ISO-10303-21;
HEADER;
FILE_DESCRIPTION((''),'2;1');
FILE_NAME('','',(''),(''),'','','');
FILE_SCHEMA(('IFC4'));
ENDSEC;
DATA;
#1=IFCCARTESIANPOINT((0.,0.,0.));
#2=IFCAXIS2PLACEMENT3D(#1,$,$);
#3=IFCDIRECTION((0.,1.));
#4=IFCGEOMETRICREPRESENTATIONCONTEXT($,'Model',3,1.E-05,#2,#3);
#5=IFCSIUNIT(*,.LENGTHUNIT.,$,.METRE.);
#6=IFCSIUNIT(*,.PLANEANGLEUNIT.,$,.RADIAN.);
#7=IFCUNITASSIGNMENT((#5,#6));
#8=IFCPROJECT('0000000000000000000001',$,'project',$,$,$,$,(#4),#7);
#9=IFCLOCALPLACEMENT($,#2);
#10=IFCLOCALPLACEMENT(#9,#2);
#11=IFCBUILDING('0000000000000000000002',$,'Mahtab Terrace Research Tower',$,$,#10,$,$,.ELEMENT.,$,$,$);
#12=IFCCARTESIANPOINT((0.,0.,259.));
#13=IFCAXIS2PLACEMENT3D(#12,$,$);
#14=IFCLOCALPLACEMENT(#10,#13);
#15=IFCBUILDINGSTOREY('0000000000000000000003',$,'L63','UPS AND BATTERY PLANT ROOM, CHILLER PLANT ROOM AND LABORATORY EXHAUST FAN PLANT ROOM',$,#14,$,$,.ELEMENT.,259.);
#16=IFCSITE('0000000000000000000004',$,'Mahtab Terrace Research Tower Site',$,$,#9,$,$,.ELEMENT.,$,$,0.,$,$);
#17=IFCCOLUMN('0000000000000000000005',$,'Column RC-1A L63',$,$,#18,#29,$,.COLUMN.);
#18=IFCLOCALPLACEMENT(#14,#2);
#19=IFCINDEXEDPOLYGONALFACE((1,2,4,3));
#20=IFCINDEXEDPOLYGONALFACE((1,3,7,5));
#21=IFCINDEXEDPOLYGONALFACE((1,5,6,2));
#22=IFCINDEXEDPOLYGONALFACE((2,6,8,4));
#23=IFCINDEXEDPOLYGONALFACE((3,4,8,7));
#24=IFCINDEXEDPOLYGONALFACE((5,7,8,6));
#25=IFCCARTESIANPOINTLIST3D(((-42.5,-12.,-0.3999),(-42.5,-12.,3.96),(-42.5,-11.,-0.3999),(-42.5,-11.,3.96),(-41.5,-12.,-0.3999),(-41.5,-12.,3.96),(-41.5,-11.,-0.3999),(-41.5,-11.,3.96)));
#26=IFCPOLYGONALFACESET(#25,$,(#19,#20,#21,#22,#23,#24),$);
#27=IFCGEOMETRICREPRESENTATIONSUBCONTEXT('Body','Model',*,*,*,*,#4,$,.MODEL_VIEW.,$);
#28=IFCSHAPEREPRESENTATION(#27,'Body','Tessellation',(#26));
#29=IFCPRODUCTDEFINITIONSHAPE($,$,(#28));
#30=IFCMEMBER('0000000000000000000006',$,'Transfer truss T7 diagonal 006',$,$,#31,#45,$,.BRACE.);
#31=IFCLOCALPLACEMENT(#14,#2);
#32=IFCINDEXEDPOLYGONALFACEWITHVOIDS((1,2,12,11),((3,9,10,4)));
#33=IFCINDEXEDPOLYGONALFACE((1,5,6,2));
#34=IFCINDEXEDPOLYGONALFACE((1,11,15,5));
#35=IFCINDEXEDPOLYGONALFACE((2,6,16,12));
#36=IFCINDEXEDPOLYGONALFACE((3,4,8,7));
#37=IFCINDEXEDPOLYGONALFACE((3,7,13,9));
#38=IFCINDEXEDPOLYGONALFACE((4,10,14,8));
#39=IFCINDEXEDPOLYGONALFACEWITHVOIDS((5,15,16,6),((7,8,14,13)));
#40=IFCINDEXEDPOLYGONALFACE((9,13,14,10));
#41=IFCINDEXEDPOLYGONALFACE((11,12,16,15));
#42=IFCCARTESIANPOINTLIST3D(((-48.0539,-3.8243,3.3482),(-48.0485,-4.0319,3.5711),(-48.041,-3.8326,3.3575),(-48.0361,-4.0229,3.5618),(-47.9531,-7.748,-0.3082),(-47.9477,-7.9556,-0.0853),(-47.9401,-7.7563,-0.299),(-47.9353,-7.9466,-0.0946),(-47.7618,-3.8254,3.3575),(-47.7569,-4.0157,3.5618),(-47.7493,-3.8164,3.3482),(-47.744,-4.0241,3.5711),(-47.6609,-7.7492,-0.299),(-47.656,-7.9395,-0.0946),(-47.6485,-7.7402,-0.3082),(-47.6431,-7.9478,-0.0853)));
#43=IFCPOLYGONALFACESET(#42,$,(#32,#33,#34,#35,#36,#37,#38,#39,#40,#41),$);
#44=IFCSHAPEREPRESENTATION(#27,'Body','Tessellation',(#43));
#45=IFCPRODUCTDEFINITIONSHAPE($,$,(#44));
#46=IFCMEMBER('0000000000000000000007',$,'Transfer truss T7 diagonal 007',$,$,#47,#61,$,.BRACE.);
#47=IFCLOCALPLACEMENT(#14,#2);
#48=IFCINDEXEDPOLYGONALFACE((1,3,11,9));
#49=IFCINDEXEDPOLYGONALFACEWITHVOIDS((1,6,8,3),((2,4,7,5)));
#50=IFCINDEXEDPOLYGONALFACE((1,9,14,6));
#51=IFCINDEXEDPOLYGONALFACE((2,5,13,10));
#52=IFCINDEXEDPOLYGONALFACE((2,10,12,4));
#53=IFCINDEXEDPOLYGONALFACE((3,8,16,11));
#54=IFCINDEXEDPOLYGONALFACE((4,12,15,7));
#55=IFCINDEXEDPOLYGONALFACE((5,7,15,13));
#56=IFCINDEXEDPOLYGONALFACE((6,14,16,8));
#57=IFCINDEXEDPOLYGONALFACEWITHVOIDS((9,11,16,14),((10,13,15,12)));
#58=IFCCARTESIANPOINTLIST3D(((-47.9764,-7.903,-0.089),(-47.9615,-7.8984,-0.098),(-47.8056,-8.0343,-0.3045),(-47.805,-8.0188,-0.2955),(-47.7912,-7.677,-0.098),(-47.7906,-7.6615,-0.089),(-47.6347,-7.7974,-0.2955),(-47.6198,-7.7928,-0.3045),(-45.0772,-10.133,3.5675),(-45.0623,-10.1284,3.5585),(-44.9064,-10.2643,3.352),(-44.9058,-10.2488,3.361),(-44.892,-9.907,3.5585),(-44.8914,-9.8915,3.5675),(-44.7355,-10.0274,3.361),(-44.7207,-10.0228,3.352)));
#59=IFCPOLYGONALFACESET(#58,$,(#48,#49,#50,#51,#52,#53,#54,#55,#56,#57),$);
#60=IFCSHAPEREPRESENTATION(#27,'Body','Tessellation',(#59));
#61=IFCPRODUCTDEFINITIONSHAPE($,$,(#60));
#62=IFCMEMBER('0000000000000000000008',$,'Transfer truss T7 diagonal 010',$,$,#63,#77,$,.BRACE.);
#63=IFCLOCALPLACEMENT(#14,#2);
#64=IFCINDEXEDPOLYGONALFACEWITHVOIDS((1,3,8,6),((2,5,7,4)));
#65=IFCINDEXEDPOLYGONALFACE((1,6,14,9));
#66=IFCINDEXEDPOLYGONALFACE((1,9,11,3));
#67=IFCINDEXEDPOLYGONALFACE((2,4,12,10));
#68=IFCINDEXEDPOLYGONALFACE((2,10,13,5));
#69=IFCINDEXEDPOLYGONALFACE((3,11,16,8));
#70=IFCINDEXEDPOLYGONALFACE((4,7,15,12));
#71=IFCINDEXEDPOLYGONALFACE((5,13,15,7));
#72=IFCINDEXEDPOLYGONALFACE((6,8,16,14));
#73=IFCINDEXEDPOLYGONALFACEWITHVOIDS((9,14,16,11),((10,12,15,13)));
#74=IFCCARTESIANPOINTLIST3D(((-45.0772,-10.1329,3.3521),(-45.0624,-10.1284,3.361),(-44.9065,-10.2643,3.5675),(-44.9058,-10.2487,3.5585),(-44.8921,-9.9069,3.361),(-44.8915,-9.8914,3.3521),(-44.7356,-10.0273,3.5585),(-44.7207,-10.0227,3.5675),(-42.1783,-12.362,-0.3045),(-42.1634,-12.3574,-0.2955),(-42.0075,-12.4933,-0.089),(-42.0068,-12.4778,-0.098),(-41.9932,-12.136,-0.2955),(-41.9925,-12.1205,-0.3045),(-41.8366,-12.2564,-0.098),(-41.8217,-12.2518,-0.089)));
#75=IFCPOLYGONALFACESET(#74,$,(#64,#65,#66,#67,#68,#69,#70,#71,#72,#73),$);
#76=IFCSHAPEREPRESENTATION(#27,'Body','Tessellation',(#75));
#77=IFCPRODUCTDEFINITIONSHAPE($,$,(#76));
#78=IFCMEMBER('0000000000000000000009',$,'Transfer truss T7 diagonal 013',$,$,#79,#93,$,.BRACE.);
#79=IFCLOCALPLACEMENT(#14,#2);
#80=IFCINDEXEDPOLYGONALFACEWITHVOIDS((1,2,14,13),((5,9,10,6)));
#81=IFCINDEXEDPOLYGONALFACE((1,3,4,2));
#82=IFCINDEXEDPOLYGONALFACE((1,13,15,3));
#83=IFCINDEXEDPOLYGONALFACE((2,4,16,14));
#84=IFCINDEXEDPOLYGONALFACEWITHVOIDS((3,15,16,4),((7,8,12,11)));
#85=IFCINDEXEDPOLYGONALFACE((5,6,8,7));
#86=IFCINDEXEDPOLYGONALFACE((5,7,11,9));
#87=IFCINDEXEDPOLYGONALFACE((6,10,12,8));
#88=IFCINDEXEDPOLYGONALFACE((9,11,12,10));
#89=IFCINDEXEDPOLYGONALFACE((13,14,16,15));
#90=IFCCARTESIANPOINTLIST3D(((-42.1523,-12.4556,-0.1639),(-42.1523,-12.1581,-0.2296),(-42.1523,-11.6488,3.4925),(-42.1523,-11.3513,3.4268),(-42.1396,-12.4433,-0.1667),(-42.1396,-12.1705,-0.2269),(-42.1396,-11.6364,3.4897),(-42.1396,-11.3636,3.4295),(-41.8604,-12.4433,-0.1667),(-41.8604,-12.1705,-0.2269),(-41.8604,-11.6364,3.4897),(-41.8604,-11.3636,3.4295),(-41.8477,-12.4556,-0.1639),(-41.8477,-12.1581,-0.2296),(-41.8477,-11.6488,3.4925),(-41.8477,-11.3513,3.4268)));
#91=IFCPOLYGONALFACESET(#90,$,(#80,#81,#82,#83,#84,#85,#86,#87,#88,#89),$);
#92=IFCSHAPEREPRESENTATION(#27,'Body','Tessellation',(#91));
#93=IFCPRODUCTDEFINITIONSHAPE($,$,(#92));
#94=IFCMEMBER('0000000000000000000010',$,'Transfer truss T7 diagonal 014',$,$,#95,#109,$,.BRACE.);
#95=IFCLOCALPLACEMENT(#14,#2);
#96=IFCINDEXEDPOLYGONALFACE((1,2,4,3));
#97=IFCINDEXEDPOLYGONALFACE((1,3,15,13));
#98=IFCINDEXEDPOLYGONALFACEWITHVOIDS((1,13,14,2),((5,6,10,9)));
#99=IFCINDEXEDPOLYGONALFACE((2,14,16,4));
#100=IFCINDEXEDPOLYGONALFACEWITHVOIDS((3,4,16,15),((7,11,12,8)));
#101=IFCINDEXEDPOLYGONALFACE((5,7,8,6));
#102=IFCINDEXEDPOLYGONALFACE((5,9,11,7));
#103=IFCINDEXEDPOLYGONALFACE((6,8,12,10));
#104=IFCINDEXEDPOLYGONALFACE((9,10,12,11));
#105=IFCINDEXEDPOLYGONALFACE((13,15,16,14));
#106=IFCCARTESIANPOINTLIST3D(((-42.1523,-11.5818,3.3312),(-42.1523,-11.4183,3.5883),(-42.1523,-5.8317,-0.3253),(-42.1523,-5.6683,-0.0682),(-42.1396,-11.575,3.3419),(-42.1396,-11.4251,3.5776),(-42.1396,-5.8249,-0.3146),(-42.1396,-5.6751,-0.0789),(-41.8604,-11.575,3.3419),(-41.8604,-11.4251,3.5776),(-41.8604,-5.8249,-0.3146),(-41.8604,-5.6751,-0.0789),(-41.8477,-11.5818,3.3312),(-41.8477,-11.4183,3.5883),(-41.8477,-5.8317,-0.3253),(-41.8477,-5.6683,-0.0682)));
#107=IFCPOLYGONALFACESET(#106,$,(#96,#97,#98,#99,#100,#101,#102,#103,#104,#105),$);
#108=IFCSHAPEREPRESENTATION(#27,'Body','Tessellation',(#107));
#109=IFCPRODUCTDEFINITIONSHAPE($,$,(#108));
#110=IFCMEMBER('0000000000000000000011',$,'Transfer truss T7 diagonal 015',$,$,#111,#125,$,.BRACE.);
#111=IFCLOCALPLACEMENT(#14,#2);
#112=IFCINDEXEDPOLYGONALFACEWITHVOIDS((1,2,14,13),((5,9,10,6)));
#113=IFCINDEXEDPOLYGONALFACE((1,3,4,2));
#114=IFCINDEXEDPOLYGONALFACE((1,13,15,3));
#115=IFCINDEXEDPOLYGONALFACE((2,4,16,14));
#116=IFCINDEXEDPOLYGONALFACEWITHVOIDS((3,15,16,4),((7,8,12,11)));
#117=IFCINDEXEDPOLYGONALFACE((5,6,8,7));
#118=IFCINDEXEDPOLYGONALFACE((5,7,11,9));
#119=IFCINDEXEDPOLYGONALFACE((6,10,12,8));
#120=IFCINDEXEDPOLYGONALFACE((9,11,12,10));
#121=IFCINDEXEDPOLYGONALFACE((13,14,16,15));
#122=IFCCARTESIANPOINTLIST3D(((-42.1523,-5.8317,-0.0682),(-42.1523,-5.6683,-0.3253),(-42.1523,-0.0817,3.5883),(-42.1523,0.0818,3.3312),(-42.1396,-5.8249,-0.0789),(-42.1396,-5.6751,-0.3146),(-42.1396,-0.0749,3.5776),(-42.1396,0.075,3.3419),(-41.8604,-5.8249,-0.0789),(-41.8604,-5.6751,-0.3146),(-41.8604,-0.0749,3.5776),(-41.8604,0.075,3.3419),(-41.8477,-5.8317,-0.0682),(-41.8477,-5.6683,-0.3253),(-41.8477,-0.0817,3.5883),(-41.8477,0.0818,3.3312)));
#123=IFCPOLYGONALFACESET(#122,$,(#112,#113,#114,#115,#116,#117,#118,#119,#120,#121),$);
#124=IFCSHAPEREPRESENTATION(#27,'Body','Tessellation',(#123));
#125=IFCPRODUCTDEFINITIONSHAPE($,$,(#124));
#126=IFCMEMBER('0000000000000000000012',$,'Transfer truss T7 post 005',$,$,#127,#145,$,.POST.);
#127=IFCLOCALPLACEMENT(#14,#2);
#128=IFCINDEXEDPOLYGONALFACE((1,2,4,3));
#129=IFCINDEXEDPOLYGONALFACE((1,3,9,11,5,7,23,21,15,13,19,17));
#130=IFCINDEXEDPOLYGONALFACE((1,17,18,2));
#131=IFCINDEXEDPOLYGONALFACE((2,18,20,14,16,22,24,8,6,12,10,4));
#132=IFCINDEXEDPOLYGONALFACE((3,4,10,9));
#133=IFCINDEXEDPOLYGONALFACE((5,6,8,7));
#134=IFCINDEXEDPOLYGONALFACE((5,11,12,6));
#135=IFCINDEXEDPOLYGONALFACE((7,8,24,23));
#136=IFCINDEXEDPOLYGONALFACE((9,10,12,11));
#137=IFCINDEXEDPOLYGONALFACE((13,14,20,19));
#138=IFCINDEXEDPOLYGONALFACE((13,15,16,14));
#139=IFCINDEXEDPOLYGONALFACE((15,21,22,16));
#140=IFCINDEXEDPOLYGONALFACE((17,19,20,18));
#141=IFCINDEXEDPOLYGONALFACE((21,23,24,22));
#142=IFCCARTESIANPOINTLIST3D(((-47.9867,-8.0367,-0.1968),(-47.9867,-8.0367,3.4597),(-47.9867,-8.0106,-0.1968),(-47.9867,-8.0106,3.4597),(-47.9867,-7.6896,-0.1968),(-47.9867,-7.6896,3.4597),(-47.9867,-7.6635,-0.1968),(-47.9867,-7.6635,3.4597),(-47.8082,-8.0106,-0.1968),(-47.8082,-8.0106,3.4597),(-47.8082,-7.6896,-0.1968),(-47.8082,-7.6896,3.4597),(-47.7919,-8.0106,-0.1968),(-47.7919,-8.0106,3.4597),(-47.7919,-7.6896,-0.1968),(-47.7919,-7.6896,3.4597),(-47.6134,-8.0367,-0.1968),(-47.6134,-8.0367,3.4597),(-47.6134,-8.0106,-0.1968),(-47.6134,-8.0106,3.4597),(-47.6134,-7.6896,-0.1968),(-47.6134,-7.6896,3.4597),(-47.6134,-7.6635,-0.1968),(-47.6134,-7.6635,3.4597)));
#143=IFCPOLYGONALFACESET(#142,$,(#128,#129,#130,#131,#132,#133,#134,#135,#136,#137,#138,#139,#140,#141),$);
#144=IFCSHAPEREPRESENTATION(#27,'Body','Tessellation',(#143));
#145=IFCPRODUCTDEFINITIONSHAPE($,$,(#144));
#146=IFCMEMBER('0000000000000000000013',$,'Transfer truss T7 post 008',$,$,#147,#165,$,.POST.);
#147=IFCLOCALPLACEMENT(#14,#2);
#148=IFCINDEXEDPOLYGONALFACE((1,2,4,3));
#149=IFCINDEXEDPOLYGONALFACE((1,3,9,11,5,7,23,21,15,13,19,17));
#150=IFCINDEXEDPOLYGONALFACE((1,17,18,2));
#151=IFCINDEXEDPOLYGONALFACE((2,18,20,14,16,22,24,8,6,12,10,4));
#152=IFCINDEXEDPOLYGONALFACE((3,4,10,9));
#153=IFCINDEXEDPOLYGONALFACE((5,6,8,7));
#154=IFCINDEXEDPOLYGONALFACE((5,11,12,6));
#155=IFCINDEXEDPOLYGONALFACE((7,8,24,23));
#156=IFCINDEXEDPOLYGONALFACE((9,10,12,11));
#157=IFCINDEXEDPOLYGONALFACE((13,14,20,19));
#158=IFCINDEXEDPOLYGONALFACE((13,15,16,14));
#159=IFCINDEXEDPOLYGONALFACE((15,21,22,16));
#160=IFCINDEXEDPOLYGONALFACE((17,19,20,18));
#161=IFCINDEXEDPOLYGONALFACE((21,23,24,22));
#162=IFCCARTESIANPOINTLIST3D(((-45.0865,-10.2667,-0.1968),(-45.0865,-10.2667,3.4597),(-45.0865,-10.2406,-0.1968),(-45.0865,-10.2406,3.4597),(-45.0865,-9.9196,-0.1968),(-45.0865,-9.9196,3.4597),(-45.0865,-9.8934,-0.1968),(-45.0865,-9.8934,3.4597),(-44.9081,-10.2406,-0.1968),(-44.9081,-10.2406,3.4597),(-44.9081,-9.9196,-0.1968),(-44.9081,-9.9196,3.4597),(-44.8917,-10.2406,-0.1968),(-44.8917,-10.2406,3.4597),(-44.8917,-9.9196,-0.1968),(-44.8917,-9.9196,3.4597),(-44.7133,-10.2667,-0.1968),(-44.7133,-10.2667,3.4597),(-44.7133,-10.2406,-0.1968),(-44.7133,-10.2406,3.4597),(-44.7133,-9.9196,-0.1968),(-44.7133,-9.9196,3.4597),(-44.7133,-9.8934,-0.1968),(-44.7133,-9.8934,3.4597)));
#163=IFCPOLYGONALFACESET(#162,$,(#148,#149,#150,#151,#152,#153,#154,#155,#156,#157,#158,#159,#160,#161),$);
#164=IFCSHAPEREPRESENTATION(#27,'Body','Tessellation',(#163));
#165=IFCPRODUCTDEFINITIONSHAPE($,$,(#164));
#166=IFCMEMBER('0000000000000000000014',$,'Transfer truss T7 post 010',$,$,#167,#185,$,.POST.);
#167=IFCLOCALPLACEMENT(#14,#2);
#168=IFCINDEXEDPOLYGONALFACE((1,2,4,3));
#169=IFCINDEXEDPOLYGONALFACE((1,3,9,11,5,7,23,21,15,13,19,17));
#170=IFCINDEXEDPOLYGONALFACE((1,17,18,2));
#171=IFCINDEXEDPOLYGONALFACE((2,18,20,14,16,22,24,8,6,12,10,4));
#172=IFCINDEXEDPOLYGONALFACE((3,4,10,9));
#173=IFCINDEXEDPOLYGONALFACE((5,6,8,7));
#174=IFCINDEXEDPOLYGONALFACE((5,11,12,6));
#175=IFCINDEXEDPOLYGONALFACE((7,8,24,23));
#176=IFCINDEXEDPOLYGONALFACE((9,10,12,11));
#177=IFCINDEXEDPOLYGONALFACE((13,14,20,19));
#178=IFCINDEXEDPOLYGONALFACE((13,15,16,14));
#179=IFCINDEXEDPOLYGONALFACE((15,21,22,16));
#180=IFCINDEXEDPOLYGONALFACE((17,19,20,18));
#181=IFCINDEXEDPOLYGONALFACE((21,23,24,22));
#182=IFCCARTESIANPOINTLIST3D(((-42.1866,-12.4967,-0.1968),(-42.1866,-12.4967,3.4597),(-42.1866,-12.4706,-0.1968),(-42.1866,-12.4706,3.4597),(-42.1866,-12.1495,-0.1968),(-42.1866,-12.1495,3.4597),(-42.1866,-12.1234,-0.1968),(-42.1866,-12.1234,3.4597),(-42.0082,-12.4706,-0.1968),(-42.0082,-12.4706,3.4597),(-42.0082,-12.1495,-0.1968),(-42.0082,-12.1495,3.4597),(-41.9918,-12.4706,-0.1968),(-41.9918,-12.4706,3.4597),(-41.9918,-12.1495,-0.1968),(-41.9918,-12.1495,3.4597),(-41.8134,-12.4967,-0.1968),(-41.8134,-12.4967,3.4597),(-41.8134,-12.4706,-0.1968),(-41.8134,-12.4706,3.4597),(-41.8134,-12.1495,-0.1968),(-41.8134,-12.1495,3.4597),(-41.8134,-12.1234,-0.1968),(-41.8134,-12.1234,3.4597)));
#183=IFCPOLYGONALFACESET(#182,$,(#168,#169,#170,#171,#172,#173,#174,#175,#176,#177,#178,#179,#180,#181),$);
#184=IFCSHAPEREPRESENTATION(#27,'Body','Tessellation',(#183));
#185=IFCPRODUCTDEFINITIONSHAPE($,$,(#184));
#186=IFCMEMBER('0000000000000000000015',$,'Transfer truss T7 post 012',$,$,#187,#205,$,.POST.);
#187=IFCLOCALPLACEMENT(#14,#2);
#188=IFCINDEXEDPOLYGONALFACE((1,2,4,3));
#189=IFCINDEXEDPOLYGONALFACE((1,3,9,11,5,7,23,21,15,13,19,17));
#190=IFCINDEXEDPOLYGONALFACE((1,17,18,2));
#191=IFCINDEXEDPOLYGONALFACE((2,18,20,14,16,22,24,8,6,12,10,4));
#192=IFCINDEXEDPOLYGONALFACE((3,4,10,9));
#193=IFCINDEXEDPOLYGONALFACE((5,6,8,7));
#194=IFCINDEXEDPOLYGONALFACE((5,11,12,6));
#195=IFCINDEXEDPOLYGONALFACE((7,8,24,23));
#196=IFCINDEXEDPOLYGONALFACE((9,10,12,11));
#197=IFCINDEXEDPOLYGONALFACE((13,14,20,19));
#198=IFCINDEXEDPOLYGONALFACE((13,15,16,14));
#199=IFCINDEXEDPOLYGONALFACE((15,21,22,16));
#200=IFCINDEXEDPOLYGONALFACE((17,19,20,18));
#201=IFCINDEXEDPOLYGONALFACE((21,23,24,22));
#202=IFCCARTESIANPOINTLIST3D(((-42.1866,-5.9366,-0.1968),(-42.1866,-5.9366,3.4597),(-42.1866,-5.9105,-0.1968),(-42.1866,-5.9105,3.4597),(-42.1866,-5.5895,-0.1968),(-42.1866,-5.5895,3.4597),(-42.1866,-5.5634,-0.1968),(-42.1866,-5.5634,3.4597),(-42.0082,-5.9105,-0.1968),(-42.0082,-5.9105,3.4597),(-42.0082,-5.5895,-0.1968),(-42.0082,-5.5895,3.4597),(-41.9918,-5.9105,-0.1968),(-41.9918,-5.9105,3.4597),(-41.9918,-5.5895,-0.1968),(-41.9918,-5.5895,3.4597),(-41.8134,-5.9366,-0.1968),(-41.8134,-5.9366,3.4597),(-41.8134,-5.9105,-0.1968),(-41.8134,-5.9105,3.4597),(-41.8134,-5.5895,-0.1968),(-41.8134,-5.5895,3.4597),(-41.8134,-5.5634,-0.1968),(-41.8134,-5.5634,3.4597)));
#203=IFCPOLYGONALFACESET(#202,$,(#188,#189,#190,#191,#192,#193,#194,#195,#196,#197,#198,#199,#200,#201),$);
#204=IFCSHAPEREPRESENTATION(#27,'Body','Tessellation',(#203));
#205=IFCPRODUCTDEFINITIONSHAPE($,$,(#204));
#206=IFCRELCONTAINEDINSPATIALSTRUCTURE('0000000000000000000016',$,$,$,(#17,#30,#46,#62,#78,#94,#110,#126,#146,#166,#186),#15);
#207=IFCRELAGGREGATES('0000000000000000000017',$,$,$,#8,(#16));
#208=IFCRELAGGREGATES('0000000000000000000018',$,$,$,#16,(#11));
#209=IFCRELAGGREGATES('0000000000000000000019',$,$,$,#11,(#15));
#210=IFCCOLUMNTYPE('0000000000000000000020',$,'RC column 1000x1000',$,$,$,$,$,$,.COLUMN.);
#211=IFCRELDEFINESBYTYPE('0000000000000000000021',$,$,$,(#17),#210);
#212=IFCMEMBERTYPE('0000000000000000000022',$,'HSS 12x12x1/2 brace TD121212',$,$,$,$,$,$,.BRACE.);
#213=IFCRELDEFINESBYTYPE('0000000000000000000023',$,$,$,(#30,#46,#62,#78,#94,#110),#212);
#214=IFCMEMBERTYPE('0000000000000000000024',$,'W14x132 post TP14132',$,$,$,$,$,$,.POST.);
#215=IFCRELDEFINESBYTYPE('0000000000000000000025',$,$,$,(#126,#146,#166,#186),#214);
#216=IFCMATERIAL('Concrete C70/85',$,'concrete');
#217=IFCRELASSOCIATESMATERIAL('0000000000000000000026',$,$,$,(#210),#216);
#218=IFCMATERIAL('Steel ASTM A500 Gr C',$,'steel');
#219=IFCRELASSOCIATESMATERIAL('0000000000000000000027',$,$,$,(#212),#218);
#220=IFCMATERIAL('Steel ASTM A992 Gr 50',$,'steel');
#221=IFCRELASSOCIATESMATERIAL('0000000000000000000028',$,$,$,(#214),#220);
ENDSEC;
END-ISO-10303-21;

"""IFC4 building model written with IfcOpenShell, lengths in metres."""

from ifc_helpers import new_model, si_unit, direction, frame, origin, origin_2d, place, context, subcontext, project, spatial, rectangle, hollow_rectangle, i_section, extrude, material, material_profile, profile_set, type_object, element, save


model = new_model("IFC4")

# Units and contexts
model_context = context("Model", 3, precision=1e-05, world=origin(), true_north=direction((0.0, 1.0)))
body_context = subcontext(model_context, "Body", "Model", "MODEL_VIEW")
ifc_project = project(units=[si_unit("LENGTHUNIT", "METRE"), si_unit("PLANEANGLEUNIT", "RADIAN")], contexts=[model_context])

# Site, building, storey
site_placement = place(None, origin())
site = spatial("IfcSite", under=ifc_project, at=site_placement, Name="Mahtab Terrace Research Tower Site", CompositionType="ELEMENT", RefElevation=0.0)
building_placement = place(site_placement, origin())
building = spatial("IfcBuilding", under=site, at=building_placement, Name="Mahtab Terrace Research Tower", CompositionType="ELEMENT")
storey_placement = place(building_placement, frame((0.0, 0.0, 259.0)))
storey = spatial("IfcBuildingStorey", under=building, at=storey_placement, Name="L63", Description="UPS AND BATTERY PLANT ROOM, CHILLER PLANT ROOM AND LABORATORY EXHAUST FAN PLANT ROOM", CompositionType="ELEMENT", Elevation=259.0)

# Column
ifc_material_1 = material(Name="Concrete C70/85", Category="concrete")
ifc_material_profile_1 = material_profile(ifc_material_1, rectangle(XDim=1.0, YDim=1.0, at=origin_2d()), Name="RC column 1000x1000")
ifc_profile_set_1 = profile_set([ifc_material_profile_1], Name="Concrete C70/85")
column_type = type_object("IfcColumnType", Name="RC column 1000x1000", PredefinedType="COLUMN", material=ifc_profile_set_1)
column_placement = place(storey_placement, frame((-42.0, -11.5, -0.3999), z_axis=(0.0, 0.0, 1.0), x_axis=(1.0, 0.0, 0.0)))
element("IfcColumn", 1, at=column_placement, inside=storey, type_object=column_type, Name="Column RC-1A L63", PredefinedType="COLUMN", context=body_context, shape_type="SweptSolid", body=[
    extrude(rectangle(XDim=1.0, YDim=1.0, at=origin_2d()), origin(), (0.0, 0.0, 1.0), 4.3599),
])

# Members
ifc_material_2 = material(Name="Steel ASTM A500 Gr C", Category="steel")
ifc_material_profile_2 = material_profile(ifc_material_2, hollow_rectangle(XDim=0.3047, YDim=0.3047, WallThickness=0.0127, at=origin_2d()), Name="HSS12X12X1/2")
ifc_profile_set_2 = profile_set([ifc_material_profile_2], Name="Steel ASTM A500 Gr C")
member_type_1 = type_object("IfcMemberType", Name="HSS 12x12x1/2 brace TD121212", PredefinedType="BRACE", material=ifc_profile_set_2)
member_1_placement = place(storey_placement, frame((-47.7981, -7.8479, -0.1968), z_axis=(-0.018796, 0.73146, 0.681625), x_axis=(-0.99967, -0.025688, 0.0)))
element("IfcMember", 2, at=member_1_placement, inside=storey, type_object=member_type_1, Name="Transfer truss T7 diagonal 006", PredefinedType="BRACE", context=body_context, shape_type="SweptSolid", body=[
    extrude(hollow_rectangle(XDim=0.3047, YDim=0.3047, WallThickness=0.0127, at=origin_2d()), origin(), (0.0, 0.0, 1.0), 5.3643),
])
member_2_placement = place(storey_placement, frame((-47.7981, -7.8479, -0.1968), z_axis=(0.560568, -0.431177, 0.707), x_axis=(0.609685, 0.792644, 0.0)))
element("IfcMember", 3, at=member_2_placement, inside=storey, type_object=member_type_1, Name="Transfer truss T7 diagonal 007", PredefinedType="BRACE", context=body_context, shape_type="SweptSolid", body=[
    extrude(hollow_rectangle(XDim=0.3047, YDim=0.3047, WallThickness=0.0127, at=origin_2d()), origin(), (0.0, 0.0, 1.0), 5.1719),
])
member_3_placement = place(storey_placement, frame((-42.0, -12.3069, -0.1968), z_axis=(-0.560581, 0.431035, 0.707077), x_axis=(-0.609549, -0.792748, 0.0)))
element("IfcMember", 4, at=member_3_placement, inside=storey, type_object=member_type_1, Name="Transfer truss T7 diagonal 010", PredefinedType="BRACE", context=body_context, shape_type="SweptSolid", body=[
    extrude(hollow_rectangle(XDim=0.3047, YDim=0.3047, WallThickness=0.0127, at=origin_2d()), origin(), (0.0, 0.0, 1.0), 5.1714),
])
member_4_placement = place(storey_placement, frame((-42.0, -12.3069, -0.1968), z_axis=(0.0, 0.215487, 0.976507), x_axis=(-1.0, 0.0, 0.0)))
element("IfcMember", 5, at=member_4_placement, inside=storey, type_object=member_type_1, Name="Transfer truss T7 diagonal 013", PredefinedType="BRACE", context=body_context, shape_type="SweptSolid", body=[
    extrude(hollow_rectangle(XDim=0.3047, YDim=0.3047, WallThickness=0.0127, at=origin_2d()), origin(), (0.0, 0.0, 1.0), 3.7444),
])
for number, where, z_axis, x_axis, name in (
    (6, (-42.0, -5.75, -0.1968), (0.0, -0.843834, 0.536604), (1.0, 0.0, 0.0), "Transfer truss T7 diagonal 014"),
    (7, (-42.0, -5.75, -0.1968), (0.0, 0.843834, 0.536604), (-1.0, 0.0, 0.0), "Transfer truss T7 diagonal 015"),
):
    element("IfcMember", number, at=place(storey_placement, frame(where, z_axis=z_axis, x_axis=x_axis)), inside=storey, type_object=member_type_1, Name=name, PredefinedType="BRACE", context=body_context, shape_type="SweptSolid", body=[
        extrude(hollow_rectangle(XDim=0.3047, YDim=0.3047, WallThickness=0.0127, at=origin_2d()), origin(), (0.0, 0.0, 1.0), 6.8142),
    ])
ifc_material_3 = material(Name="Steel ASTM A992 Gr 50", Category="steel")
ifc_material_profile_3 = material_profile(ifc_material_3, i_section(OverallWidth=0.3733, OverallDepth=0.3733, WebThickness=0.0164, FlangeThickness=0.0261, at=origin_2d()), Name="W14X132")
ifc_profile_set_3 = profile_set([ifc_material_profile_3], Name="Steel ASTM A992 Gr 50")
member_type_2 = type_object("IfcMemberType", Name="W14x132 post TP14132", PredefinedType="POST", material=ifc_profile_set_3)
for number, where, z_axis, x_axis, name in (
    (8, (-47.8, -7.8501, -0.1968), (0.0, 0.0, 1.0), (1.0, 0.0, 0.0), "Transfer truss T7 post 005"),
    (9, (-44.8999, -10.0801, -0.1968), (0.0, 0.0, 1.0), (1.0, 0.0, 0.0), "Transfer truss T7 post 008"),
    (10, (-42.0, -12.3101, -0.1968), (0.0, 0.0, 1.0), (1.0, 0.0, 0.0), "Transfer truss T7 post 010"),
    (11, (-42.0, -5.75, -0.1968), (0.0, 0.0, 1.0), (1.0, 0.0, 0.0), "Transfer truss T7 post 012"),
):
    element("IfcMember", number, at=place(storey_placement, frame(where, z_axis=z_axis, x_axis=x_axis)), inside=storey, type_object=member_type_2, Name=name, PredefinedType="POST", context=body_context, shape_type="SweptSolid", body=[
        extrude(i_section(OverallWidth=0.3733, OverallDepth=0.3733, WebThickness=0.0164, FlangeThickness=0.0261, at=origin_2d()), origin(), (0.0, 0.0, 1.0), 3.6565),
    ])

save(model, "model.ifc")
